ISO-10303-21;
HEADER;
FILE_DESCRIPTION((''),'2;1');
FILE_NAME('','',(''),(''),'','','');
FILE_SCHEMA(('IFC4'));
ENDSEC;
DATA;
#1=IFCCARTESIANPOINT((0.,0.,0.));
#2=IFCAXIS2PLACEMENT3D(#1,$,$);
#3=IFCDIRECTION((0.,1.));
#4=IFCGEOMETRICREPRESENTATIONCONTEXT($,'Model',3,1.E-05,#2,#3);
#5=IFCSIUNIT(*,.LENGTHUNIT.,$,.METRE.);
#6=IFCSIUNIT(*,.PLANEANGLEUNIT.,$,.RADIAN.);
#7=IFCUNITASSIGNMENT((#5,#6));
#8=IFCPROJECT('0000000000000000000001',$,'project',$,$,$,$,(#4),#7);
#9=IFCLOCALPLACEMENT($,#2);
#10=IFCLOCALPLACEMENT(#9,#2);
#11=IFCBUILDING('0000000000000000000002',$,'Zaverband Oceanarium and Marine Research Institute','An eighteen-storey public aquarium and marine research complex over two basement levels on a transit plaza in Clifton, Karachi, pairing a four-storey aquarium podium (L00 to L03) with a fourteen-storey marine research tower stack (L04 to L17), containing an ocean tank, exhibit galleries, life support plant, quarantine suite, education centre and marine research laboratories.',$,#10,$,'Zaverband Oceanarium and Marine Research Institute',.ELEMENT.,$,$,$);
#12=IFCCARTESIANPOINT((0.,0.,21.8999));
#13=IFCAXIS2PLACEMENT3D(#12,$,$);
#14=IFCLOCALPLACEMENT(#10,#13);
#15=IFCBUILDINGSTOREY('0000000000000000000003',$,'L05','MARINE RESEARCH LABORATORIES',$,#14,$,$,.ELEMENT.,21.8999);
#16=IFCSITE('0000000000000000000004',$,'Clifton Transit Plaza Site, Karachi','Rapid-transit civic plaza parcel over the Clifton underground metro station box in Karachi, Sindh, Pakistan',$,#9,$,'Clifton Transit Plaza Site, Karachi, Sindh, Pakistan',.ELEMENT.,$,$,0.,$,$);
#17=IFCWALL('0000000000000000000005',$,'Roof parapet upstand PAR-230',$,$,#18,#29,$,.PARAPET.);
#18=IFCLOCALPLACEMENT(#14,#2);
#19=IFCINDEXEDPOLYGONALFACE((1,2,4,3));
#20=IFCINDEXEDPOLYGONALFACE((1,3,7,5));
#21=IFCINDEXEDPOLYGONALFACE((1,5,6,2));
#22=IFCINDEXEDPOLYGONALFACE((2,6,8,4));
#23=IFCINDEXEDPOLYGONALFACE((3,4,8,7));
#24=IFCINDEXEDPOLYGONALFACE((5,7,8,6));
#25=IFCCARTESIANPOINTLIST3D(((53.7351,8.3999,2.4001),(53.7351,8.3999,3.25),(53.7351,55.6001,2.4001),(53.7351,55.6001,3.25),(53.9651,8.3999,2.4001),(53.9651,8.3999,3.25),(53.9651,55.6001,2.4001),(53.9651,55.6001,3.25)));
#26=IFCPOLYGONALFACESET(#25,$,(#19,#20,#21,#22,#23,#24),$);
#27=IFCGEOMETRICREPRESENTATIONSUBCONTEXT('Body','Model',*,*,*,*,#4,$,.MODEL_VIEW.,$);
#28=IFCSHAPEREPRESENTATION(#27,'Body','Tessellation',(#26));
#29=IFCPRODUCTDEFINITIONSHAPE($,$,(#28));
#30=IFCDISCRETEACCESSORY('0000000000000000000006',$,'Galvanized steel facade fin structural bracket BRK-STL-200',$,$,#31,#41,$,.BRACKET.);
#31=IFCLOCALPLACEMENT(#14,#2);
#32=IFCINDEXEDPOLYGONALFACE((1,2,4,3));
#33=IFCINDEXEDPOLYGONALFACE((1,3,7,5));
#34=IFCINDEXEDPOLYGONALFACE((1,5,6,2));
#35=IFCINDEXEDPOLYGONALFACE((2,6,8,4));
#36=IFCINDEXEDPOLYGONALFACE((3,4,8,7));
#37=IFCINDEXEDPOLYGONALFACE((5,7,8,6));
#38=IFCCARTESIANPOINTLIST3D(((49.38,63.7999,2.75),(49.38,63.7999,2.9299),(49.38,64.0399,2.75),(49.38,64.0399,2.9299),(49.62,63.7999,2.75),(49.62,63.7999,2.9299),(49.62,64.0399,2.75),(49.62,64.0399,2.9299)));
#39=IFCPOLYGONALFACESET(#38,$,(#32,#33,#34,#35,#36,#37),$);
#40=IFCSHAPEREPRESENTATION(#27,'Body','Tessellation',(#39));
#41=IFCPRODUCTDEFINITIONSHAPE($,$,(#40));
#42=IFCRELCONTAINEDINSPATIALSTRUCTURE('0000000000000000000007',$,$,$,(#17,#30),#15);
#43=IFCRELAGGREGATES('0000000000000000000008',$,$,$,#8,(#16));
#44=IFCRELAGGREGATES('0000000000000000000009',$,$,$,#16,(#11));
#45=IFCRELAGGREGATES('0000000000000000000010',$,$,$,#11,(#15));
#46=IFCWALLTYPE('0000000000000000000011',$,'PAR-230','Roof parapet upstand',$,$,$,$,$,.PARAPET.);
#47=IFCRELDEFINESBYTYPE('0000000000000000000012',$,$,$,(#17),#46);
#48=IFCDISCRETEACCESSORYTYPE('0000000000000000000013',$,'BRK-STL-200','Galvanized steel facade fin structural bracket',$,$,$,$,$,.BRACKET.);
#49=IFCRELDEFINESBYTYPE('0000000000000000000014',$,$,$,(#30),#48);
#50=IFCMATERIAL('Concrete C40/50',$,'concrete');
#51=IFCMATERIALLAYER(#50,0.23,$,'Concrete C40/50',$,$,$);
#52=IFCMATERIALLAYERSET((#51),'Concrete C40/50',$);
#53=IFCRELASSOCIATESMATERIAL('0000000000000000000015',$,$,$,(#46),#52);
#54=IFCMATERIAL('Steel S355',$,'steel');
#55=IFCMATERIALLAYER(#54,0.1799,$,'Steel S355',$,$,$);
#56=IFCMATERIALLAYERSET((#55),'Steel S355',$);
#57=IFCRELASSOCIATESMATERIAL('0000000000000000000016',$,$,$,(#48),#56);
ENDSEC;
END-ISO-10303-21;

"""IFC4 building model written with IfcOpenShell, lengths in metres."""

from ifc_helpers import new_model, si_unit, direction, frame, frame_2d, origin, origin_2d, place, context, subcontext, project, spatial, rectangle, extrude, material, layer, layer_set, type_object, element, save


model = new_model("IFC4")

# Units and contexts
model_context = context("Model", 3, precision=1e-05, world=origin(), true_north=direction((0.0, 1.0)))
body_context = subcontext(model_context, "Body", "Model", "MODEL_VIEW")
ifc_project = project(units=[si_unit("LENGTHUNIT", "METRE"), si_unit("PLANEANGLEUNIT", "RADIAN")], contexts=[model_context])

# Site, building, storey
site_placement = place(None, origin())
site = spatial("IfcSite", under=ifc_project, at=site_placement, Name="Clifton Transit Plaza Site, Karachi", Description="Rapid-transit civic plaza parcel over the Clifton underground metro station box in Karachi, Sindh, Pakistan", LongName="Clifton Transit Plaza Site, Karachi, Sindh, Pakistan", CompositionType="ELEMENT", RefElevation=0.0)
building_placement = place(site_placement, origin())
building = spatial("IfcBuilding", under=site, at=building_placement, Name="Zaverband Oceanarium and Marine Research Institute", Description="An eighteen-storey public aquarium and marine research complex over two basement levels on a transit plaza in Clifton, Karachi, pairing a four-storey aquarium podium (L00 to L03) with a fourteen-storey marine research tower stack (L04 to L17), containing an ocean tank, exhibit galleries, life support plant, quarantine suite, education centre and marine research laboratories.", LongName="Zaverband Oceanarium and Marine Research Institute", CompositionType="ELEMENT")
storey_placement = place(building_placement, frame((0.0, 0.0, 21.8999)))
storey = spatial("IfcBuildingStorey", under=building, at=storey_placement, Name="L05", Description="MARINE RESEARCH LABORATORIES", CompositionType="ELEMENT", Elevation=21.8999)

# Shared definitions
ifc_material_1 = material(Name="Concrete C40/50", Category="concrete")

# Shared definitions
ifc_material_2 = material(Name="Steel S355", Category="steel")

# Wall
ifc_layer_1 = layer(ifc_material_1, 0.23, Name="Concrete C40/50")
ifc_layer_set_1 = layer_set([ifc_layer_1], Name="Concrete C40/50")
wall_type_1 = type_object("IfcWallType", Name="PAR-230", Description="Roof parapet upstand", PredefinedType="PARAPET", material=ifc_layer_set_1)
wall_1_placement = place(storey_placement, frame((53.8501, 8.3999, 2.4001), z_axis=(0.0, 0.0, 1.0), x_axis=(0.0, 1.0, 0.0)))
element("IfcWall", 1, at=wall_1_placement, inside=storey, type_object=wall_type_1, Name="Roof parapet upstand PAR-230", PredefinedType="PARAPET", context=body_context, shape_type="SweptSolid", body=[
    extrude(rectangle(XDim=47.2002, YDim=0.23, at=frame_2d((23.6001, 0.0))), origin(), (0.0, 0.0, 1.0), 0.8499),
])

# Discrete accessory
ifc_layer_2 = layer(ifc_material_2, 0.1799, Name="Steel S355")
ifc_layer_set_2 = layer_set([ifc_layer_2], Name="Steel S355")
discrete_accessory_type = type_object("IfcDiscreteAccessoryType", Name="BRK-STL-200", Description="Galvanized steel facade fin structural bracket", PredefinedType="BRACKET", material=ifc_layer_set_2)
discrete_accessory_placement = place(storey_placement, frame((49.5, 63.9199, 2.75), z_axis=(0.0, 0.0, 1.0), x_axis=(1.0, 0.0, 0.0)))
element("IfcDiscreteAccessory", 2, at=discrete_accessory_placement, inside=storey, type_object=discrete_accessory_type, Name="Galvanized steel facade fin structural bracket BRK-STL-200", PredefinedType="BRACKET", context=body_context, shape_type="SweptSolid", body=[
    extrude(rectangle(XDim=0.24, YDim=0.24, at=origin_2d()), origin(), (0.0, 0.0, 1.0), 0.1799),
])

save(model, "model.ifc")
